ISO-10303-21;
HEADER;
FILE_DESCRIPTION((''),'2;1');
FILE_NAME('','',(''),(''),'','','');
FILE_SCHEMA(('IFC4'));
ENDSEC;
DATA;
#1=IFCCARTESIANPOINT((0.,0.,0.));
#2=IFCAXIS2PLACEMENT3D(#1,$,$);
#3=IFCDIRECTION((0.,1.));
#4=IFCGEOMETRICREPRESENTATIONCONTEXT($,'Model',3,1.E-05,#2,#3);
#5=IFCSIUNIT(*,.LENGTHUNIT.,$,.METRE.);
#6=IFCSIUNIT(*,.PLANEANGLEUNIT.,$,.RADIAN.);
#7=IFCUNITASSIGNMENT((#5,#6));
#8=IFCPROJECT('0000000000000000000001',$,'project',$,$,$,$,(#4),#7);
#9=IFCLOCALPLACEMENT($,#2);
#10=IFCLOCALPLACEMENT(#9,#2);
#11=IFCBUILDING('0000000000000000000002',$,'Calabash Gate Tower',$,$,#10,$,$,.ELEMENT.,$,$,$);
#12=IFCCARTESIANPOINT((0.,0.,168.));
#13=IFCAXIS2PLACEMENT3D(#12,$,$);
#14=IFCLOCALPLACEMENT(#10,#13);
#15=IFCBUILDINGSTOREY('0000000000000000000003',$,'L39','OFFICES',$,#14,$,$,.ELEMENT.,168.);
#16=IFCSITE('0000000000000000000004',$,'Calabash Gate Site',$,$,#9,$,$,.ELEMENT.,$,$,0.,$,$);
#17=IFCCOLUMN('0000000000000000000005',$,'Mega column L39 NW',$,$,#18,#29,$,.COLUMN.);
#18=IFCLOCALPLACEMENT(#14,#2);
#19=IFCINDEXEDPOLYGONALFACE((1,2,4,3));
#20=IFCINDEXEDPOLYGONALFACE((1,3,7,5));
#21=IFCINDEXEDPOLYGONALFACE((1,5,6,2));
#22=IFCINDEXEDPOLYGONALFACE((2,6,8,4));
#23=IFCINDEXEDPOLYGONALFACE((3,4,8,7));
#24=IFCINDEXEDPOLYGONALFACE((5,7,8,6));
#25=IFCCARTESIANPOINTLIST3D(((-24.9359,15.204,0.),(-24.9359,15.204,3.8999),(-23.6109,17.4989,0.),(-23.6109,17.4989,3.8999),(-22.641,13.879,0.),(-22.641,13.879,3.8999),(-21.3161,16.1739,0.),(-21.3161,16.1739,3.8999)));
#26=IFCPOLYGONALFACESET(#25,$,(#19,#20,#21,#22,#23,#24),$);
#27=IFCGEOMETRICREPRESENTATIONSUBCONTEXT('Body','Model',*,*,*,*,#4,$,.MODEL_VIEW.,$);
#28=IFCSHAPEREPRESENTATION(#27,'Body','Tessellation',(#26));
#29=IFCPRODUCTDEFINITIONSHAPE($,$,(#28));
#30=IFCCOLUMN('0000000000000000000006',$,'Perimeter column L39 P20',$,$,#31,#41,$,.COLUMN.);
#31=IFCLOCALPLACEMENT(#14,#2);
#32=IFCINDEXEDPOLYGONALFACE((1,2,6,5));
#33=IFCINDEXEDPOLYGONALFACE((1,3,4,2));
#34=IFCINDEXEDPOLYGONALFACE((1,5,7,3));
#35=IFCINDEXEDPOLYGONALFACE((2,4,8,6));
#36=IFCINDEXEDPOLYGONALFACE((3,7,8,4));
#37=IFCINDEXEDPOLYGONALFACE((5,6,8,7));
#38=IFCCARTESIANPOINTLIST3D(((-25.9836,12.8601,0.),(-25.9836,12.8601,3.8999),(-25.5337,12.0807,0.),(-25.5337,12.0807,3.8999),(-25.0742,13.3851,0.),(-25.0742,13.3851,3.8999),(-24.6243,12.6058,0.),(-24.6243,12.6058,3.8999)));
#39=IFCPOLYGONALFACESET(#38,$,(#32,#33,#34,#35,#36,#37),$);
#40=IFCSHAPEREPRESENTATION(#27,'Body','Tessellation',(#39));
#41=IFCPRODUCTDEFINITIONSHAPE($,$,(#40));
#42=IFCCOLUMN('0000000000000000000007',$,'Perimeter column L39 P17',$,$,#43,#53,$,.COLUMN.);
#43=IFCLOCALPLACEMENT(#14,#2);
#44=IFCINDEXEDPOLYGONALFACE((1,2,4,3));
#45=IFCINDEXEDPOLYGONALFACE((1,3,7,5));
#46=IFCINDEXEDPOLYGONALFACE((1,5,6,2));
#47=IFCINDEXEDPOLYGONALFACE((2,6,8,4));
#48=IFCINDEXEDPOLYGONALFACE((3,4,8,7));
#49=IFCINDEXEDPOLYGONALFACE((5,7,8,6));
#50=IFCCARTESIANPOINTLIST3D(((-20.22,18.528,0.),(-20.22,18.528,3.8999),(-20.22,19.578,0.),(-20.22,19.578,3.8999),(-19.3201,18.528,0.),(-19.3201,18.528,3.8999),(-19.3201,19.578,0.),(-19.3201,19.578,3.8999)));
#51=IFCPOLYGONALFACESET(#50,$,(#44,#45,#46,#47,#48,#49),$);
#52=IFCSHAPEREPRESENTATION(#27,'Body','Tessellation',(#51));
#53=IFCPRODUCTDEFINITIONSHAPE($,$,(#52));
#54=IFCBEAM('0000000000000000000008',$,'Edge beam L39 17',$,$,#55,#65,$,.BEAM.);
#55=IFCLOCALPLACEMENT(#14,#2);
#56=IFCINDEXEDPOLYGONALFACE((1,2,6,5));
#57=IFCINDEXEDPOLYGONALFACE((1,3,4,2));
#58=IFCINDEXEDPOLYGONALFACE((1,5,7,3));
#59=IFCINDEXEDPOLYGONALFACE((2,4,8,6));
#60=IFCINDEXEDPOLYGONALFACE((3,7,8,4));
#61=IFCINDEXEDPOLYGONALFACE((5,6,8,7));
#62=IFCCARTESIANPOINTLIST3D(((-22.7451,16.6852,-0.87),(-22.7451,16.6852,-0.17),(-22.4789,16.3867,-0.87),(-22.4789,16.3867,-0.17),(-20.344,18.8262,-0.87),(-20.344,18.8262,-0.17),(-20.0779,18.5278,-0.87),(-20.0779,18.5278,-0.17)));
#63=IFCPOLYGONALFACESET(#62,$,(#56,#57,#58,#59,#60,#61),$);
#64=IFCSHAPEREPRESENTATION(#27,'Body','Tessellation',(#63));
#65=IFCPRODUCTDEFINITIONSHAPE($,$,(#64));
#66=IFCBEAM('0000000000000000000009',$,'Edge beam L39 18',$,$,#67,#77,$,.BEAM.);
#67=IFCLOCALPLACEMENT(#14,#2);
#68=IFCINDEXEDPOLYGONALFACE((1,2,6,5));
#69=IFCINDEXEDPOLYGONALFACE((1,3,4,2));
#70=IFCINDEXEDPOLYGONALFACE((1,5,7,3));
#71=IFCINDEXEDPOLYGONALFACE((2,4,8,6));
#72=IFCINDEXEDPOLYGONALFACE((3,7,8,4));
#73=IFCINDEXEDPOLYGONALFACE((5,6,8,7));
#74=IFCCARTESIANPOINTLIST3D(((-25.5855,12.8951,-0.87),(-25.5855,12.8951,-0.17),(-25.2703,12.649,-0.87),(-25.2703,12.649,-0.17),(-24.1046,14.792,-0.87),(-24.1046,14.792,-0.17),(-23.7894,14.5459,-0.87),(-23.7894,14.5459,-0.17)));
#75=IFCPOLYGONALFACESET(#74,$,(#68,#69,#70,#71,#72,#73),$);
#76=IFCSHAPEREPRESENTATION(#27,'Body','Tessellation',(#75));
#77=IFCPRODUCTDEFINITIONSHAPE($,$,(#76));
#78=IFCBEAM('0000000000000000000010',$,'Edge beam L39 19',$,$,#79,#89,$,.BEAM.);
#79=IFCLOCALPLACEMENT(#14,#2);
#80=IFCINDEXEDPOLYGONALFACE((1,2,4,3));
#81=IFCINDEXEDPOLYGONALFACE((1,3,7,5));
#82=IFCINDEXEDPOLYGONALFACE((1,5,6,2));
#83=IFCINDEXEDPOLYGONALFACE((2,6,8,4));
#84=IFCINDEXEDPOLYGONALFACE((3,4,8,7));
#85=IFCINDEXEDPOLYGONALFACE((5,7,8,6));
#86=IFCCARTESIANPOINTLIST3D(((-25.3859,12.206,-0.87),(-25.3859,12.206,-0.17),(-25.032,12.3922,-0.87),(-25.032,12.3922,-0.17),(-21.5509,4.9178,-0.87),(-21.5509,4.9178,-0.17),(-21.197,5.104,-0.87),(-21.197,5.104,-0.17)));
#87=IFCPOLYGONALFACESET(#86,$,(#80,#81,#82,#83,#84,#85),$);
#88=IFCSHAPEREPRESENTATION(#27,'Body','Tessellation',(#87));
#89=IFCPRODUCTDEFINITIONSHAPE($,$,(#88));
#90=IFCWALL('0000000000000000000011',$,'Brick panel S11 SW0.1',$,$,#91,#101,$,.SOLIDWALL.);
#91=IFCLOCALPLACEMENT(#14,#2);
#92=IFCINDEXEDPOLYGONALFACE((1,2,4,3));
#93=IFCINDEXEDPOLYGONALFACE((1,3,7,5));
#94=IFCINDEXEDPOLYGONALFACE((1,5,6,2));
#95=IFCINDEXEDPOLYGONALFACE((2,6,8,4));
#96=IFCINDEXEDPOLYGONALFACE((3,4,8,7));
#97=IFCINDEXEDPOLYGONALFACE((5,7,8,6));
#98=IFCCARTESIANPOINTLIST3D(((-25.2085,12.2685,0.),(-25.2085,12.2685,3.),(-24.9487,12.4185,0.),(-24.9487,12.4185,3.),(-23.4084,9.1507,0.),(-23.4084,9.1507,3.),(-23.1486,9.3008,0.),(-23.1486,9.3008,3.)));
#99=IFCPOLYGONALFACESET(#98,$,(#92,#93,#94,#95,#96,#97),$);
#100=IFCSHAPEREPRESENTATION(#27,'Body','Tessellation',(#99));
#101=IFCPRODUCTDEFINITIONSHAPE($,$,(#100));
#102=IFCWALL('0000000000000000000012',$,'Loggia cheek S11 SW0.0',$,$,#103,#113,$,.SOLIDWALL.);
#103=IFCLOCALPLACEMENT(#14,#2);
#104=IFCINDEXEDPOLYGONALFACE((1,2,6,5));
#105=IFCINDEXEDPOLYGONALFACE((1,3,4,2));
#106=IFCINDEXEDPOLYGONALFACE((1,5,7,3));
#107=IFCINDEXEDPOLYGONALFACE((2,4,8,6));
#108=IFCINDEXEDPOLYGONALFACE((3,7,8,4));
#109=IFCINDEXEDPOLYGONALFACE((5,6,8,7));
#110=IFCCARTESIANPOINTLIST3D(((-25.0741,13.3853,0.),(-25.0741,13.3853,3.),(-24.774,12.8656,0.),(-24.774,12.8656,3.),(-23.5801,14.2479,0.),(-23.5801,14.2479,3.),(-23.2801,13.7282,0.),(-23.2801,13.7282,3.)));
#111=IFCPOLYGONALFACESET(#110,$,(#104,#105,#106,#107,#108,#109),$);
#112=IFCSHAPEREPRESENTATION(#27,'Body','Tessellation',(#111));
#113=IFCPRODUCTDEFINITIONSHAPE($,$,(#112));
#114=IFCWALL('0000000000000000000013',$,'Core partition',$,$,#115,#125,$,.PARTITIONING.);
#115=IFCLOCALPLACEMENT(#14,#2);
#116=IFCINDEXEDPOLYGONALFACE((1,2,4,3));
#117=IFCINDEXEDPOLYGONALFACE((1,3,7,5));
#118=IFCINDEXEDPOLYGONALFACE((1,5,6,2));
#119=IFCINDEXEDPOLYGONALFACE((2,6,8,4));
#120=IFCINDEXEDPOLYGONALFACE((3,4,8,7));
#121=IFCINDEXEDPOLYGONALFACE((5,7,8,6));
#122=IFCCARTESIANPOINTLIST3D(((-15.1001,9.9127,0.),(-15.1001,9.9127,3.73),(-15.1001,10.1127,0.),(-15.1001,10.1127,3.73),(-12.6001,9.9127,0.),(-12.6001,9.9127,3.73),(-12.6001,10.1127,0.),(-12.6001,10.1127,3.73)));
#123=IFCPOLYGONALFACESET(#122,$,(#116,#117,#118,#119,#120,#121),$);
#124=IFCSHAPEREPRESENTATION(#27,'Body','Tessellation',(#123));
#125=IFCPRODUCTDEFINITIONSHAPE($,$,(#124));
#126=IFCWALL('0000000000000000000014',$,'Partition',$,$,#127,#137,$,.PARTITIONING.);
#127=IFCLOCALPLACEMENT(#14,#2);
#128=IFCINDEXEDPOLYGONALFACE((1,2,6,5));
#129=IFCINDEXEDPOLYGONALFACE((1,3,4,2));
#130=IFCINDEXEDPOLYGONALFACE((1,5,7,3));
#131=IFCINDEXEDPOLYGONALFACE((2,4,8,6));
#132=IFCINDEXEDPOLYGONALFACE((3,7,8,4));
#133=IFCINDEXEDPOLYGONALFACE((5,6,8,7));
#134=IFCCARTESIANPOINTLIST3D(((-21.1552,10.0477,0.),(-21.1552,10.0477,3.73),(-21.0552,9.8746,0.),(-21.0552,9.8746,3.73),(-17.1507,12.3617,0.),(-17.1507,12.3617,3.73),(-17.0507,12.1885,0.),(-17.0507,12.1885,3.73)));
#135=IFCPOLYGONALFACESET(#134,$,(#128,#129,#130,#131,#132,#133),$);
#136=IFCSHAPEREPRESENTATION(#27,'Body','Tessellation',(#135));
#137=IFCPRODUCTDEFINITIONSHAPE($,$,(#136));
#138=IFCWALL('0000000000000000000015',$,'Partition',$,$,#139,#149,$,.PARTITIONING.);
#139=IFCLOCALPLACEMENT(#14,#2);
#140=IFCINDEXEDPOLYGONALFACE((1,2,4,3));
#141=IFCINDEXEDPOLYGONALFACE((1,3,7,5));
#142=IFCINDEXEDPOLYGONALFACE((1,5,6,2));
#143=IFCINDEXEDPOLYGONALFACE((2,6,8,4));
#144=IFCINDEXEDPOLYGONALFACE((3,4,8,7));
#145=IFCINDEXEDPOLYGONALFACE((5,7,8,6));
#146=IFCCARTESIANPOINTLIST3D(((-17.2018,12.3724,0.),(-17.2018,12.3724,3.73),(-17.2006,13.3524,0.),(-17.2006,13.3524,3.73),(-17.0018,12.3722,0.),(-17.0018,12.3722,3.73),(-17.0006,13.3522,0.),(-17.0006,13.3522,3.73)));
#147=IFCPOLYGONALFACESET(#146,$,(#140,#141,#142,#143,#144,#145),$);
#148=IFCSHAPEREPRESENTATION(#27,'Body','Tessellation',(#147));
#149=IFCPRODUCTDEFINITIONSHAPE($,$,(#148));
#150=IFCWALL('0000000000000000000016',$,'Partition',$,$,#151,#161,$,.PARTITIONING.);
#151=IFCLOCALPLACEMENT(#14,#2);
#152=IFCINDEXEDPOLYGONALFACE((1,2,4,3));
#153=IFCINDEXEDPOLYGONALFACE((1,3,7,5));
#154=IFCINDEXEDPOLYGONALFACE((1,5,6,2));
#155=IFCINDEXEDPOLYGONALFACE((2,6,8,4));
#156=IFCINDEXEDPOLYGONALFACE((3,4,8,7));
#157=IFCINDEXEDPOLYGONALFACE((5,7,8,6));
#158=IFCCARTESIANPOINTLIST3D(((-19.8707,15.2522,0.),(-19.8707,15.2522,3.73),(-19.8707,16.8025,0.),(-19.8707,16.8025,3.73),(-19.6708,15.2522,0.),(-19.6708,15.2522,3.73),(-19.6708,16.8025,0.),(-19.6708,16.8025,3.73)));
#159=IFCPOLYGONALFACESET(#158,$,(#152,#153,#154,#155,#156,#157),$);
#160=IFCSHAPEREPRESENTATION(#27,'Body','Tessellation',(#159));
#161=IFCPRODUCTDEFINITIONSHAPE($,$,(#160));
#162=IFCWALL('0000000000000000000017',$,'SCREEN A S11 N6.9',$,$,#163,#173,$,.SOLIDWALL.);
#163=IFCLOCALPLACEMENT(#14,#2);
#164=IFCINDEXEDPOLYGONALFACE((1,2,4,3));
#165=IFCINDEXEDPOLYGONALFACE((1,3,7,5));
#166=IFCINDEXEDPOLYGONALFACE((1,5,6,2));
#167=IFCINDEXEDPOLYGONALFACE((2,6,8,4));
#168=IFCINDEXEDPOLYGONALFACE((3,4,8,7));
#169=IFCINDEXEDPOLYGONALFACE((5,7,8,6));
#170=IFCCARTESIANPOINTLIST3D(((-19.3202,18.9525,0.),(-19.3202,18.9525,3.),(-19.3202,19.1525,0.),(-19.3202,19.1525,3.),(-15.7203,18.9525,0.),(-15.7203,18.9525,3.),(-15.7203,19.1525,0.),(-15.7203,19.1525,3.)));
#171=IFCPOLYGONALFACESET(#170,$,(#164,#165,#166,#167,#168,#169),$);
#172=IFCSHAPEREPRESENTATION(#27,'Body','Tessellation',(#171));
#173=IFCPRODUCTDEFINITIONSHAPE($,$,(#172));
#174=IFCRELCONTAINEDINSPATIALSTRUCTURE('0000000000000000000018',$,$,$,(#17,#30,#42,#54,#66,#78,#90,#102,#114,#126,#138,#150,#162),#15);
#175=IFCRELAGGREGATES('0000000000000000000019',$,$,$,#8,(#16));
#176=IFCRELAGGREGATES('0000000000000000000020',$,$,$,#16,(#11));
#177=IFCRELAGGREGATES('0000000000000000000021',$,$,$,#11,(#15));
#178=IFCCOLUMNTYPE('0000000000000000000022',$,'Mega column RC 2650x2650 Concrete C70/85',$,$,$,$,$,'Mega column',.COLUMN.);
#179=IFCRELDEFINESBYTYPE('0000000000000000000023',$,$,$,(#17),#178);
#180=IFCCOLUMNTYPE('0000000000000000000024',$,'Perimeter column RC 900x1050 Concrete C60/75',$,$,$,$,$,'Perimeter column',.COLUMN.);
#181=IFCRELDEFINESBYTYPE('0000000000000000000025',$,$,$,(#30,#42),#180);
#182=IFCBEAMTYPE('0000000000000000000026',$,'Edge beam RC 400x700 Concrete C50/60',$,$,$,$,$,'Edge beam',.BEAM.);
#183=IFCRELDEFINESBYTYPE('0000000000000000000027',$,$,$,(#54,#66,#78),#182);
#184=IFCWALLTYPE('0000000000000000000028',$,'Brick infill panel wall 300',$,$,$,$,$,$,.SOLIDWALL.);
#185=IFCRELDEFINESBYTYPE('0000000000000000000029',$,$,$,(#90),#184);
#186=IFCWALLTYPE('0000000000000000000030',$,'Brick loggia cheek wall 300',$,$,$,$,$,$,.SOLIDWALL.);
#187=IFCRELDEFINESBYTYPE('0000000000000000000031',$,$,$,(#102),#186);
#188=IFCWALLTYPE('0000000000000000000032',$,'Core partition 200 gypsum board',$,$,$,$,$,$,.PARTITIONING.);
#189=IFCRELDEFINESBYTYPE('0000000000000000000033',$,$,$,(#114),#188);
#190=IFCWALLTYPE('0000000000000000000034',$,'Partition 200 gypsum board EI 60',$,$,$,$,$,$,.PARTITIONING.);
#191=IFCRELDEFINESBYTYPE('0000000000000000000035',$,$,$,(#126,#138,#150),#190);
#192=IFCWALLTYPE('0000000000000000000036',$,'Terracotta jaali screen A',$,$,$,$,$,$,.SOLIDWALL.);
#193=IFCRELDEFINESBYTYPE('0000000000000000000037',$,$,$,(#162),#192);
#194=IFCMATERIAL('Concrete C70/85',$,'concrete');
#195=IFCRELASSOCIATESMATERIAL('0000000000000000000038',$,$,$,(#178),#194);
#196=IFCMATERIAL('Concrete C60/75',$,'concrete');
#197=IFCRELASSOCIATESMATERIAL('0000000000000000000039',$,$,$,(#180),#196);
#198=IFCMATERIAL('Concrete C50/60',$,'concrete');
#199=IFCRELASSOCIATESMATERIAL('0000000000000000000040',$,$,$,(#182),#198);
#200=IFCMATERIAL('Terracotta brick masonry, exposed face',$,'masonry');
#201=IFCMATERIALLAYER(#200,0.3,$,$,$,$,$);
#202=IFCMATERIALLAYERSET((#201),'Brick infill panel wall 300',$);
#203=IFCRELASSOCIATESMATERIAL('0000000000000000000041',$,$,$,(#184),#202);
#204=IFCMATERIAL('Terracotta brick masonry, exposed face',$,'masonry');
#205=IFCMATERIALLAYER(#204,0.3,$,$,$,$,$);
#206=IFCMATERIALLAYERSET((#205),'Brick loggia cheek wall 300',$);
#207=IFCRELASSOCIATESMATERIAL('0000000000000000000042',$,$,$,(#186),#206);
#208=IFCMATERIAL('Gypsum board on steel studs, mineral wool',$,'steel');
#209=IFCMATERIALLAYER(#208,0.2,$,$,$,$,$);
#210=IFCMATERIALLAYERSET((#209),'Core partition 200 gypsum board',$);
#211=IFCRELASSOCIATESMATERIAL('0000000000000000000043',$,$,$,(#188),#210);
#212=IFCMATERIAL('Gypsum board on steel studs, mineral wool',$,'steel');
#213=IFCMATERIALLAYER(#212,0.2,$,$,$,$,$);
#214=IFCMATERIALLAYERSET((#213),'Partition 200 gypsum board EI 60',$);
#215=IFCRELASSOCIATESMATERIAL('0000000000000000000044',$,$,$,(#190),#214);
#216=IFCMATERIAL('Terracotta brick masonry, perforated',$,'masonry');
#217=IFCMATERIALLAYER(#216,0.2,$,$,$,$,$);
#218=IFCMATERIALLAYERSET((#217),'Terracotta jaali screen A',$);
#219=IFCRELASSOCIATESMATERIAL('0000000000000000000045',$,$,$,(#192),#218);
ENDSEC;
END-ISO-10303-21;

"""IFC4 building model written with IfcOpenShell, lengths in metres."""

from ifc_helpers import new_model, si_unit, direction, frame, frame_2d, origin, origin_2d, place, context, subcontext, project, spatial, rectangle, extrude, material, layer, layer_set, material_profile, profile_set, type_object, element, save


model = new_model("IFC4")

# Units and contexts
model_context = context("Model", 3, precision=1e-05, world=origin(), true_north=direction((0.0, 1.0)))
body_context = subcontext(model_context, "Body", "Model", "MODEL_VIEW")
ifc_project = project(units=[si_unit("LENGTHUNIT", "METRE"), si_unit("PLANEANGLEUNIT", "RADIAN")], contexts=[model_context])

# Site, building, storey
site_placement = place(None, origin())
site = spatial("IfcSite", under=ifc_project, at=site_placement, Name="Calabash Gate Site", CompositionType="ELEMENT", RefElevation=0.0)
building_placement = place(site_placement, origin())
building = spatial("IfcBuilding", under=site, at=building_placement, Name="Calabash Gate Tower", CompositionType="ELEMENT")
storey_placement = place(building_placement, frame((0.0, 0.0, 168.0)))
storey = spatial("IfcBuildingStorey", under=building, at=storey_placement, Name="L39", Description="OFFICES", CompositionType="ELEMENT", Elevation=168.0)

# Columns
ifc_material_1 = material(Name="Concrete C70/85", Category="concrete")
ifc_material_profile_1 = material_profile(ifc_material_1, rectangle(XDim=2.6499, YDim=2.6499, at=origin_2d()))
ifc_profile_set_1 = profile_set([ifc_material_profile_1], Name="Concrete C70/85")
column_type_1 = type_object("IfcColumnType", Name="Mega column RC 2650x2650 Concrete C70/85", ElementType="Mega column", PredefinedType="COLUMN", material=ifc_profile_set_1)
column_placement = place(storey_placement, frame((-23.126, 15.689, 0.0), z_axis=(0.0, 0.0, 1.0), x_axis=(0.866025, -0.5, 0.0)))
element("IfcColumn", 1, at=column_placement, inside=storey, type_object=column_type_1, Name="Mega column L39 NW", PredefinedType="COLUMN", context=body_context, shape_type="SweptSolid", body=[
    extrude(rectangle(XDim=2.6499, YDim=2.6499, at=origin_2d()), origin(), (0.0, 0.0, 1.0), 3.8999),
])
ifc_material_2 = material(Name="Concrete C60/75", Category="concrete")
ifc_material_profile_2 = material_profile(ifc_material_2, rectangle(XDim=0.8999, YDim=1.05, at=origin_2d()))
ifc_profile_set_2 = profile_set([ifc_material_profile_2], Name="Concrete C60/75")
column_type_2 = type_object("IfcColumnType", Name="Perimeter column RC 900x1050 Concrete C60/75", ElementType="Perimeter column", PredefinedType="COLUMN", material=ifc_profile_set_2)
for number, where, z_axis, x_axis, name in (
    (2, (-25.304, 12.7329, 0.0), (0.0, 0.0, 1.0), (0.5, -0.866025, 0.0), "Perimeter column L39 P20"),
    (3, (-19.77, 19.053, 0.0), (0.0, 0.0, 1.0), (-1.0, 0.0, 0.0), "Perimeter column L39 P17"),
):
    element("IfcColumn", number, at=place(storey_placement, frame(where, z_axis=z_axis, x_axis=x_axis)), inside=storey, type_object=column_type_2, Name=name, PredefinedType="COLUMN", context=body_context, shape_type="SweptSolid", body=[
        extrude(rectangle(XDim=0.8999, YDim=1.05, at=origin_2d()), origin(), (0.0, 0.0, 1.0), 3.8999),
    ])

# Beams
ifc_material_3 = material(Name="Concrete C50/60", Category="concrete")
ifc_material_profile_3 = material_profile(ifc_material_3, rectangle(XDim=0.3999, YDim=0.7, at=origin_2d()))
ifc_profile_set_3 = profile_set([ifc_material_profile_3], Name="Concrete C50/60")
beam_type = type_object("IfcBeamType", Name="Edge beam RC 400x700 Concrete C50/60", ElementType="Edge beam", PredefinedType="BEAM", material=ifc_profile_set_3)
beam_1_placement = place(storey_placement, frame((-20.2109, 18.677, -0.52), z_axis=(-0.746362, -0.665541, 0.0), x_axis=(0.665541, -0.746362, 0.0)))
element("IfcBeam", 4, at=beam_1_placement, inside=storey, type_object=beam_type, Name="Edge beam L39 17", PredefinedType="BEAM", context=body_context, shape_type="SweptSolid", body=[
    extrude(rectangle(XDim=0.3999, YDim=0.7, at=origin_2d()), origin(), (0.0, 0.0, 1.0), 3.217),
])
beam_2_placement = place(storey_placement, frame((-23.947, 14.6689, -0.52), z_axis=(-0.615372, -0.788237, 0.0), x_axis=(0.788237, -0.615372, 0.0)))
element("IfcBeam", 5, at=beam_2_placement, inside=storey, type_object=beam_type, Name="Edge beam L39 18", PredefinedType="BEAM", context=body_context, shape_type="SweptSolid", body=[
    extrude(rectangle(XDim=0.3999, YDim=0.7, at=origin_2d()), origin(), (0.0, 0.0, 1.0), 2.4065),
])
beam_3_placement = place(storey_placement, frame((-25.209, 12.2991, -0.52), z_axis=(0.465663, -0.884962, 0.0), x_axis=(0.884962, 0.465663, 0.0)))
element("IfcBeam", 6, at=beam_3_placement, inside=storey, type_object=beam_type, Name="Edge beam L39 19", PredefinedType="BEAM", context=body_context, shape_type="SweptSolid", body=[
    extrude(rectangle(XDim=0.3999, YDim=0.7, at=origin_2d()), origin(), (0.0, 0.0, 1.0), 8.2356),
])

# Walls
ifc_material_4 = material(Name="Terracotta brick masonry, exposed face", Category="masonry")
ifc_layer_1 = layer(ifc_material_4, 0.3)
ifc_layer_set_1 = layer_set([ifc_layer_1], Name="Brick infill panel wall 300")
wall_type_1 = type_object("IfcWallType", Name="Brick infill panel wall 300", PredefinedType="SOLIDWALL", material=ifc_layer_set_1)
wall_1_placement = place(storey_placement, frame((-25.0786, 12.3435, 0.0), z_axis=(0.0, 0.0, 1.0), x_axis=(0.500012, -0.866018, 0.0)))
element("IfcWall", 7, at=wall_1_placement, inside=storey, type_object=wall_type_1, Name="Brick panel S11 SW0.1", PredefinedType="SOLIDWALL", context=body_context, shape_type="SweptSolid", body=[
    extrude(rectangle(XDim=3.6001, YDim=0.3, at=frame_2d((1.8, 0.0))), origin(), (0.0, 0.0, 1.0), 3.0),
])
ifc_material_5 = material(Name="Terracotta brick masonry, exposed face", Category="masonry")
ifc_layer_2 = layer(ifc_material_5, 0.3)
ifc_layer_set_2 = layer_set([ifc_layer_2], Name="Brick loggia cheek wall 300")
wall_type_2 = type_object("IfcWallType", Name="Brick loggia cheek wall 300", PredefinedType="SOLIDWALL", material=ifc_layer_set_2)
wall_2_placement = place(storey_placement, frame((-24.9241, 13.1255, 0.0), z_axis=(0.0, 0.0, 1.0), x_axis=(0.866014, 0.500021, 0.0)))
element("IfcWall", 8, at=wall_2_placement, inside=storey, type_object=wall_type_2, Name="Loggia cheek S11 SW0.0", PredefinedType="SOLIDWALL", context=body_context, shape_type="SweptSolid", body=[
    extrude(rectangle(XDim=1.7251, YDim=0.6001, at=frame_2d((0.8625, 0.0))), origin(), (0.0, 0.0, 1.0), 3.0),
])
ifc_material_6 = material(Name="Gypsum board on steel studs, mineral wool", Category="steel")
ifc_layer_3 = layer(ifc_material_6, 0.2)
ifc_layer_set_3 = layer_set([ifc_layer_3], Name="Core partition 200 gypsum board")
wall_type_3 = type_object("IfcWallType", Name="Core partition 200 gypsum board", PredefinedType="PARTITIONING", material=ifc_layer_set_3)
wall_3_placement = place(storey_placement, frame((-15.1001, 10.0127, 0.0), z_axis=(0.0, 0.0, 1.0), x_axis=(1.0, 0.0, 0.0)))
element("IfcWall", 9, at=wall_3_placement, inside=storey, type_object=wall_type_3, Name="Core partition", PredefinedType="PARTITIONING", context=body_context, shape_type="SweptSolid", body=[
    extrude(rectangle(XDim=2.5, YDim=0.2, at=frame_2d((1.25, 0.0))), origin(), (0.0, 0.0, 1.0), 3.73),
])

# Shared definitions
ifc_material_7 = material(Name="Gypsum board on steel studs, mineral wool", Category="steel")
ifc_layer_4 = layer(ifc_material_7, 0.2)
ifc_layer_set_4 = layer_set([ifc_layer_4], Name="Partition 200 gypsum board EI 60")
wall_type_4 = type_object("IfcWallType", Name="Partition 200 gypsum board EI 60", PredefinedType="PARTITIONING", material=ifc_layer_set_4)

# Walls
wall_4_placement = place(storey_placement, frame((-21.1052, 9.9612, 0.0), z_axis=(0.0, 0.0, 1.0), x_axis=(0.865849, 0.500306, 0.0)))
element("IfcWall", 10, at=wall_4_placement, inside=storey, type_object=wall_type_4, Name="Partition", PredefinedType="PARTITIONING", context=body_context, shape_type="SweptSolid", body=[
    extrude(rectangle(XDim=4.625, YDim=0.2, at=frame_2d((2.3125, 0.0))), origin(), (0.0, 0.0, 1.0), 3.73),
])
wall_5_placement = place(storey_placement, frame((-17.1018, 12.3723, 0.0), z_axis=(0.0, 0.0, 1.0), x_axis=(0.001246, 0.999999, 0.0)))
element("IfcWall", 11, at=wall_5_placement, inside=storey, type_object=wall_type_4, Name="Partition", PredefinedType="PARTITIONING", context=body_context, shape_type="SweptSolid", body=[
    extrude(rectangle(XDim=0.98, YDim=0.2, at=frame_2d((0.49, 0.0))), origin(), (0.0, 0.0, 1.0), 3.73),
])

# Walls
wall_6_placement = place(storey_placement, frame((-19.7708, 16.8025, 0.0), z_axis=(0.0, 0.0, 1.0), x_axis=(0.0, -1.0, 0.0)))
element("IfcWall", 12, at=wall_6_placement, inside=storey, type_object=wall_type_4, Name="Partition", PredefinedType="PARTITIONING", context=body_context, shape_type="SweptSolid", body=[
    extrude(rectangle(XDim=1.5503, YDim=0.2, at=frame_2d((0.7751, 0.0))), origin(), (0.0, 0.0, 1.0), 3.73),
])
ifc_material_8 = material(Name="Terracotta brick masonry, perforated", Category="masonry")
ifc_layer_5 = layer(ifc_material_8, 0.2)
ifc_layer_set_5 = layer_set([ifc_layer_5], Name="Terracotta jaali screen A")
wall_type_5 = type_object("IfcWallType", Name="Terracotta jaali screen A", PredefinedType="SOLIDWALL", material=ifc_layer_set_5)
wall_7_placement = place(storey_placement, frame((-15.7205, 19.0525, 0.0), z_axis=(0.0, 0.0, 1.0), x_axis=(-1.0, 0.0, 0.0)))
element("IfcWall", 13, at=wall_7_placement, inside=storey, type_object=wall_type_5, Name="SCREEN A S11 N6.9", PredefinedType="SOLIDWALL", context=body_context, shape_type="SweptSolid", body=[
    extrude(rectangle(XDim=3.5999, YDim=0.2, at=frame_2d((1.7998, 0.0))), origin(), (0.0, 0.0, 1.0), 3.0),
])

save(model, "model.ifc")
